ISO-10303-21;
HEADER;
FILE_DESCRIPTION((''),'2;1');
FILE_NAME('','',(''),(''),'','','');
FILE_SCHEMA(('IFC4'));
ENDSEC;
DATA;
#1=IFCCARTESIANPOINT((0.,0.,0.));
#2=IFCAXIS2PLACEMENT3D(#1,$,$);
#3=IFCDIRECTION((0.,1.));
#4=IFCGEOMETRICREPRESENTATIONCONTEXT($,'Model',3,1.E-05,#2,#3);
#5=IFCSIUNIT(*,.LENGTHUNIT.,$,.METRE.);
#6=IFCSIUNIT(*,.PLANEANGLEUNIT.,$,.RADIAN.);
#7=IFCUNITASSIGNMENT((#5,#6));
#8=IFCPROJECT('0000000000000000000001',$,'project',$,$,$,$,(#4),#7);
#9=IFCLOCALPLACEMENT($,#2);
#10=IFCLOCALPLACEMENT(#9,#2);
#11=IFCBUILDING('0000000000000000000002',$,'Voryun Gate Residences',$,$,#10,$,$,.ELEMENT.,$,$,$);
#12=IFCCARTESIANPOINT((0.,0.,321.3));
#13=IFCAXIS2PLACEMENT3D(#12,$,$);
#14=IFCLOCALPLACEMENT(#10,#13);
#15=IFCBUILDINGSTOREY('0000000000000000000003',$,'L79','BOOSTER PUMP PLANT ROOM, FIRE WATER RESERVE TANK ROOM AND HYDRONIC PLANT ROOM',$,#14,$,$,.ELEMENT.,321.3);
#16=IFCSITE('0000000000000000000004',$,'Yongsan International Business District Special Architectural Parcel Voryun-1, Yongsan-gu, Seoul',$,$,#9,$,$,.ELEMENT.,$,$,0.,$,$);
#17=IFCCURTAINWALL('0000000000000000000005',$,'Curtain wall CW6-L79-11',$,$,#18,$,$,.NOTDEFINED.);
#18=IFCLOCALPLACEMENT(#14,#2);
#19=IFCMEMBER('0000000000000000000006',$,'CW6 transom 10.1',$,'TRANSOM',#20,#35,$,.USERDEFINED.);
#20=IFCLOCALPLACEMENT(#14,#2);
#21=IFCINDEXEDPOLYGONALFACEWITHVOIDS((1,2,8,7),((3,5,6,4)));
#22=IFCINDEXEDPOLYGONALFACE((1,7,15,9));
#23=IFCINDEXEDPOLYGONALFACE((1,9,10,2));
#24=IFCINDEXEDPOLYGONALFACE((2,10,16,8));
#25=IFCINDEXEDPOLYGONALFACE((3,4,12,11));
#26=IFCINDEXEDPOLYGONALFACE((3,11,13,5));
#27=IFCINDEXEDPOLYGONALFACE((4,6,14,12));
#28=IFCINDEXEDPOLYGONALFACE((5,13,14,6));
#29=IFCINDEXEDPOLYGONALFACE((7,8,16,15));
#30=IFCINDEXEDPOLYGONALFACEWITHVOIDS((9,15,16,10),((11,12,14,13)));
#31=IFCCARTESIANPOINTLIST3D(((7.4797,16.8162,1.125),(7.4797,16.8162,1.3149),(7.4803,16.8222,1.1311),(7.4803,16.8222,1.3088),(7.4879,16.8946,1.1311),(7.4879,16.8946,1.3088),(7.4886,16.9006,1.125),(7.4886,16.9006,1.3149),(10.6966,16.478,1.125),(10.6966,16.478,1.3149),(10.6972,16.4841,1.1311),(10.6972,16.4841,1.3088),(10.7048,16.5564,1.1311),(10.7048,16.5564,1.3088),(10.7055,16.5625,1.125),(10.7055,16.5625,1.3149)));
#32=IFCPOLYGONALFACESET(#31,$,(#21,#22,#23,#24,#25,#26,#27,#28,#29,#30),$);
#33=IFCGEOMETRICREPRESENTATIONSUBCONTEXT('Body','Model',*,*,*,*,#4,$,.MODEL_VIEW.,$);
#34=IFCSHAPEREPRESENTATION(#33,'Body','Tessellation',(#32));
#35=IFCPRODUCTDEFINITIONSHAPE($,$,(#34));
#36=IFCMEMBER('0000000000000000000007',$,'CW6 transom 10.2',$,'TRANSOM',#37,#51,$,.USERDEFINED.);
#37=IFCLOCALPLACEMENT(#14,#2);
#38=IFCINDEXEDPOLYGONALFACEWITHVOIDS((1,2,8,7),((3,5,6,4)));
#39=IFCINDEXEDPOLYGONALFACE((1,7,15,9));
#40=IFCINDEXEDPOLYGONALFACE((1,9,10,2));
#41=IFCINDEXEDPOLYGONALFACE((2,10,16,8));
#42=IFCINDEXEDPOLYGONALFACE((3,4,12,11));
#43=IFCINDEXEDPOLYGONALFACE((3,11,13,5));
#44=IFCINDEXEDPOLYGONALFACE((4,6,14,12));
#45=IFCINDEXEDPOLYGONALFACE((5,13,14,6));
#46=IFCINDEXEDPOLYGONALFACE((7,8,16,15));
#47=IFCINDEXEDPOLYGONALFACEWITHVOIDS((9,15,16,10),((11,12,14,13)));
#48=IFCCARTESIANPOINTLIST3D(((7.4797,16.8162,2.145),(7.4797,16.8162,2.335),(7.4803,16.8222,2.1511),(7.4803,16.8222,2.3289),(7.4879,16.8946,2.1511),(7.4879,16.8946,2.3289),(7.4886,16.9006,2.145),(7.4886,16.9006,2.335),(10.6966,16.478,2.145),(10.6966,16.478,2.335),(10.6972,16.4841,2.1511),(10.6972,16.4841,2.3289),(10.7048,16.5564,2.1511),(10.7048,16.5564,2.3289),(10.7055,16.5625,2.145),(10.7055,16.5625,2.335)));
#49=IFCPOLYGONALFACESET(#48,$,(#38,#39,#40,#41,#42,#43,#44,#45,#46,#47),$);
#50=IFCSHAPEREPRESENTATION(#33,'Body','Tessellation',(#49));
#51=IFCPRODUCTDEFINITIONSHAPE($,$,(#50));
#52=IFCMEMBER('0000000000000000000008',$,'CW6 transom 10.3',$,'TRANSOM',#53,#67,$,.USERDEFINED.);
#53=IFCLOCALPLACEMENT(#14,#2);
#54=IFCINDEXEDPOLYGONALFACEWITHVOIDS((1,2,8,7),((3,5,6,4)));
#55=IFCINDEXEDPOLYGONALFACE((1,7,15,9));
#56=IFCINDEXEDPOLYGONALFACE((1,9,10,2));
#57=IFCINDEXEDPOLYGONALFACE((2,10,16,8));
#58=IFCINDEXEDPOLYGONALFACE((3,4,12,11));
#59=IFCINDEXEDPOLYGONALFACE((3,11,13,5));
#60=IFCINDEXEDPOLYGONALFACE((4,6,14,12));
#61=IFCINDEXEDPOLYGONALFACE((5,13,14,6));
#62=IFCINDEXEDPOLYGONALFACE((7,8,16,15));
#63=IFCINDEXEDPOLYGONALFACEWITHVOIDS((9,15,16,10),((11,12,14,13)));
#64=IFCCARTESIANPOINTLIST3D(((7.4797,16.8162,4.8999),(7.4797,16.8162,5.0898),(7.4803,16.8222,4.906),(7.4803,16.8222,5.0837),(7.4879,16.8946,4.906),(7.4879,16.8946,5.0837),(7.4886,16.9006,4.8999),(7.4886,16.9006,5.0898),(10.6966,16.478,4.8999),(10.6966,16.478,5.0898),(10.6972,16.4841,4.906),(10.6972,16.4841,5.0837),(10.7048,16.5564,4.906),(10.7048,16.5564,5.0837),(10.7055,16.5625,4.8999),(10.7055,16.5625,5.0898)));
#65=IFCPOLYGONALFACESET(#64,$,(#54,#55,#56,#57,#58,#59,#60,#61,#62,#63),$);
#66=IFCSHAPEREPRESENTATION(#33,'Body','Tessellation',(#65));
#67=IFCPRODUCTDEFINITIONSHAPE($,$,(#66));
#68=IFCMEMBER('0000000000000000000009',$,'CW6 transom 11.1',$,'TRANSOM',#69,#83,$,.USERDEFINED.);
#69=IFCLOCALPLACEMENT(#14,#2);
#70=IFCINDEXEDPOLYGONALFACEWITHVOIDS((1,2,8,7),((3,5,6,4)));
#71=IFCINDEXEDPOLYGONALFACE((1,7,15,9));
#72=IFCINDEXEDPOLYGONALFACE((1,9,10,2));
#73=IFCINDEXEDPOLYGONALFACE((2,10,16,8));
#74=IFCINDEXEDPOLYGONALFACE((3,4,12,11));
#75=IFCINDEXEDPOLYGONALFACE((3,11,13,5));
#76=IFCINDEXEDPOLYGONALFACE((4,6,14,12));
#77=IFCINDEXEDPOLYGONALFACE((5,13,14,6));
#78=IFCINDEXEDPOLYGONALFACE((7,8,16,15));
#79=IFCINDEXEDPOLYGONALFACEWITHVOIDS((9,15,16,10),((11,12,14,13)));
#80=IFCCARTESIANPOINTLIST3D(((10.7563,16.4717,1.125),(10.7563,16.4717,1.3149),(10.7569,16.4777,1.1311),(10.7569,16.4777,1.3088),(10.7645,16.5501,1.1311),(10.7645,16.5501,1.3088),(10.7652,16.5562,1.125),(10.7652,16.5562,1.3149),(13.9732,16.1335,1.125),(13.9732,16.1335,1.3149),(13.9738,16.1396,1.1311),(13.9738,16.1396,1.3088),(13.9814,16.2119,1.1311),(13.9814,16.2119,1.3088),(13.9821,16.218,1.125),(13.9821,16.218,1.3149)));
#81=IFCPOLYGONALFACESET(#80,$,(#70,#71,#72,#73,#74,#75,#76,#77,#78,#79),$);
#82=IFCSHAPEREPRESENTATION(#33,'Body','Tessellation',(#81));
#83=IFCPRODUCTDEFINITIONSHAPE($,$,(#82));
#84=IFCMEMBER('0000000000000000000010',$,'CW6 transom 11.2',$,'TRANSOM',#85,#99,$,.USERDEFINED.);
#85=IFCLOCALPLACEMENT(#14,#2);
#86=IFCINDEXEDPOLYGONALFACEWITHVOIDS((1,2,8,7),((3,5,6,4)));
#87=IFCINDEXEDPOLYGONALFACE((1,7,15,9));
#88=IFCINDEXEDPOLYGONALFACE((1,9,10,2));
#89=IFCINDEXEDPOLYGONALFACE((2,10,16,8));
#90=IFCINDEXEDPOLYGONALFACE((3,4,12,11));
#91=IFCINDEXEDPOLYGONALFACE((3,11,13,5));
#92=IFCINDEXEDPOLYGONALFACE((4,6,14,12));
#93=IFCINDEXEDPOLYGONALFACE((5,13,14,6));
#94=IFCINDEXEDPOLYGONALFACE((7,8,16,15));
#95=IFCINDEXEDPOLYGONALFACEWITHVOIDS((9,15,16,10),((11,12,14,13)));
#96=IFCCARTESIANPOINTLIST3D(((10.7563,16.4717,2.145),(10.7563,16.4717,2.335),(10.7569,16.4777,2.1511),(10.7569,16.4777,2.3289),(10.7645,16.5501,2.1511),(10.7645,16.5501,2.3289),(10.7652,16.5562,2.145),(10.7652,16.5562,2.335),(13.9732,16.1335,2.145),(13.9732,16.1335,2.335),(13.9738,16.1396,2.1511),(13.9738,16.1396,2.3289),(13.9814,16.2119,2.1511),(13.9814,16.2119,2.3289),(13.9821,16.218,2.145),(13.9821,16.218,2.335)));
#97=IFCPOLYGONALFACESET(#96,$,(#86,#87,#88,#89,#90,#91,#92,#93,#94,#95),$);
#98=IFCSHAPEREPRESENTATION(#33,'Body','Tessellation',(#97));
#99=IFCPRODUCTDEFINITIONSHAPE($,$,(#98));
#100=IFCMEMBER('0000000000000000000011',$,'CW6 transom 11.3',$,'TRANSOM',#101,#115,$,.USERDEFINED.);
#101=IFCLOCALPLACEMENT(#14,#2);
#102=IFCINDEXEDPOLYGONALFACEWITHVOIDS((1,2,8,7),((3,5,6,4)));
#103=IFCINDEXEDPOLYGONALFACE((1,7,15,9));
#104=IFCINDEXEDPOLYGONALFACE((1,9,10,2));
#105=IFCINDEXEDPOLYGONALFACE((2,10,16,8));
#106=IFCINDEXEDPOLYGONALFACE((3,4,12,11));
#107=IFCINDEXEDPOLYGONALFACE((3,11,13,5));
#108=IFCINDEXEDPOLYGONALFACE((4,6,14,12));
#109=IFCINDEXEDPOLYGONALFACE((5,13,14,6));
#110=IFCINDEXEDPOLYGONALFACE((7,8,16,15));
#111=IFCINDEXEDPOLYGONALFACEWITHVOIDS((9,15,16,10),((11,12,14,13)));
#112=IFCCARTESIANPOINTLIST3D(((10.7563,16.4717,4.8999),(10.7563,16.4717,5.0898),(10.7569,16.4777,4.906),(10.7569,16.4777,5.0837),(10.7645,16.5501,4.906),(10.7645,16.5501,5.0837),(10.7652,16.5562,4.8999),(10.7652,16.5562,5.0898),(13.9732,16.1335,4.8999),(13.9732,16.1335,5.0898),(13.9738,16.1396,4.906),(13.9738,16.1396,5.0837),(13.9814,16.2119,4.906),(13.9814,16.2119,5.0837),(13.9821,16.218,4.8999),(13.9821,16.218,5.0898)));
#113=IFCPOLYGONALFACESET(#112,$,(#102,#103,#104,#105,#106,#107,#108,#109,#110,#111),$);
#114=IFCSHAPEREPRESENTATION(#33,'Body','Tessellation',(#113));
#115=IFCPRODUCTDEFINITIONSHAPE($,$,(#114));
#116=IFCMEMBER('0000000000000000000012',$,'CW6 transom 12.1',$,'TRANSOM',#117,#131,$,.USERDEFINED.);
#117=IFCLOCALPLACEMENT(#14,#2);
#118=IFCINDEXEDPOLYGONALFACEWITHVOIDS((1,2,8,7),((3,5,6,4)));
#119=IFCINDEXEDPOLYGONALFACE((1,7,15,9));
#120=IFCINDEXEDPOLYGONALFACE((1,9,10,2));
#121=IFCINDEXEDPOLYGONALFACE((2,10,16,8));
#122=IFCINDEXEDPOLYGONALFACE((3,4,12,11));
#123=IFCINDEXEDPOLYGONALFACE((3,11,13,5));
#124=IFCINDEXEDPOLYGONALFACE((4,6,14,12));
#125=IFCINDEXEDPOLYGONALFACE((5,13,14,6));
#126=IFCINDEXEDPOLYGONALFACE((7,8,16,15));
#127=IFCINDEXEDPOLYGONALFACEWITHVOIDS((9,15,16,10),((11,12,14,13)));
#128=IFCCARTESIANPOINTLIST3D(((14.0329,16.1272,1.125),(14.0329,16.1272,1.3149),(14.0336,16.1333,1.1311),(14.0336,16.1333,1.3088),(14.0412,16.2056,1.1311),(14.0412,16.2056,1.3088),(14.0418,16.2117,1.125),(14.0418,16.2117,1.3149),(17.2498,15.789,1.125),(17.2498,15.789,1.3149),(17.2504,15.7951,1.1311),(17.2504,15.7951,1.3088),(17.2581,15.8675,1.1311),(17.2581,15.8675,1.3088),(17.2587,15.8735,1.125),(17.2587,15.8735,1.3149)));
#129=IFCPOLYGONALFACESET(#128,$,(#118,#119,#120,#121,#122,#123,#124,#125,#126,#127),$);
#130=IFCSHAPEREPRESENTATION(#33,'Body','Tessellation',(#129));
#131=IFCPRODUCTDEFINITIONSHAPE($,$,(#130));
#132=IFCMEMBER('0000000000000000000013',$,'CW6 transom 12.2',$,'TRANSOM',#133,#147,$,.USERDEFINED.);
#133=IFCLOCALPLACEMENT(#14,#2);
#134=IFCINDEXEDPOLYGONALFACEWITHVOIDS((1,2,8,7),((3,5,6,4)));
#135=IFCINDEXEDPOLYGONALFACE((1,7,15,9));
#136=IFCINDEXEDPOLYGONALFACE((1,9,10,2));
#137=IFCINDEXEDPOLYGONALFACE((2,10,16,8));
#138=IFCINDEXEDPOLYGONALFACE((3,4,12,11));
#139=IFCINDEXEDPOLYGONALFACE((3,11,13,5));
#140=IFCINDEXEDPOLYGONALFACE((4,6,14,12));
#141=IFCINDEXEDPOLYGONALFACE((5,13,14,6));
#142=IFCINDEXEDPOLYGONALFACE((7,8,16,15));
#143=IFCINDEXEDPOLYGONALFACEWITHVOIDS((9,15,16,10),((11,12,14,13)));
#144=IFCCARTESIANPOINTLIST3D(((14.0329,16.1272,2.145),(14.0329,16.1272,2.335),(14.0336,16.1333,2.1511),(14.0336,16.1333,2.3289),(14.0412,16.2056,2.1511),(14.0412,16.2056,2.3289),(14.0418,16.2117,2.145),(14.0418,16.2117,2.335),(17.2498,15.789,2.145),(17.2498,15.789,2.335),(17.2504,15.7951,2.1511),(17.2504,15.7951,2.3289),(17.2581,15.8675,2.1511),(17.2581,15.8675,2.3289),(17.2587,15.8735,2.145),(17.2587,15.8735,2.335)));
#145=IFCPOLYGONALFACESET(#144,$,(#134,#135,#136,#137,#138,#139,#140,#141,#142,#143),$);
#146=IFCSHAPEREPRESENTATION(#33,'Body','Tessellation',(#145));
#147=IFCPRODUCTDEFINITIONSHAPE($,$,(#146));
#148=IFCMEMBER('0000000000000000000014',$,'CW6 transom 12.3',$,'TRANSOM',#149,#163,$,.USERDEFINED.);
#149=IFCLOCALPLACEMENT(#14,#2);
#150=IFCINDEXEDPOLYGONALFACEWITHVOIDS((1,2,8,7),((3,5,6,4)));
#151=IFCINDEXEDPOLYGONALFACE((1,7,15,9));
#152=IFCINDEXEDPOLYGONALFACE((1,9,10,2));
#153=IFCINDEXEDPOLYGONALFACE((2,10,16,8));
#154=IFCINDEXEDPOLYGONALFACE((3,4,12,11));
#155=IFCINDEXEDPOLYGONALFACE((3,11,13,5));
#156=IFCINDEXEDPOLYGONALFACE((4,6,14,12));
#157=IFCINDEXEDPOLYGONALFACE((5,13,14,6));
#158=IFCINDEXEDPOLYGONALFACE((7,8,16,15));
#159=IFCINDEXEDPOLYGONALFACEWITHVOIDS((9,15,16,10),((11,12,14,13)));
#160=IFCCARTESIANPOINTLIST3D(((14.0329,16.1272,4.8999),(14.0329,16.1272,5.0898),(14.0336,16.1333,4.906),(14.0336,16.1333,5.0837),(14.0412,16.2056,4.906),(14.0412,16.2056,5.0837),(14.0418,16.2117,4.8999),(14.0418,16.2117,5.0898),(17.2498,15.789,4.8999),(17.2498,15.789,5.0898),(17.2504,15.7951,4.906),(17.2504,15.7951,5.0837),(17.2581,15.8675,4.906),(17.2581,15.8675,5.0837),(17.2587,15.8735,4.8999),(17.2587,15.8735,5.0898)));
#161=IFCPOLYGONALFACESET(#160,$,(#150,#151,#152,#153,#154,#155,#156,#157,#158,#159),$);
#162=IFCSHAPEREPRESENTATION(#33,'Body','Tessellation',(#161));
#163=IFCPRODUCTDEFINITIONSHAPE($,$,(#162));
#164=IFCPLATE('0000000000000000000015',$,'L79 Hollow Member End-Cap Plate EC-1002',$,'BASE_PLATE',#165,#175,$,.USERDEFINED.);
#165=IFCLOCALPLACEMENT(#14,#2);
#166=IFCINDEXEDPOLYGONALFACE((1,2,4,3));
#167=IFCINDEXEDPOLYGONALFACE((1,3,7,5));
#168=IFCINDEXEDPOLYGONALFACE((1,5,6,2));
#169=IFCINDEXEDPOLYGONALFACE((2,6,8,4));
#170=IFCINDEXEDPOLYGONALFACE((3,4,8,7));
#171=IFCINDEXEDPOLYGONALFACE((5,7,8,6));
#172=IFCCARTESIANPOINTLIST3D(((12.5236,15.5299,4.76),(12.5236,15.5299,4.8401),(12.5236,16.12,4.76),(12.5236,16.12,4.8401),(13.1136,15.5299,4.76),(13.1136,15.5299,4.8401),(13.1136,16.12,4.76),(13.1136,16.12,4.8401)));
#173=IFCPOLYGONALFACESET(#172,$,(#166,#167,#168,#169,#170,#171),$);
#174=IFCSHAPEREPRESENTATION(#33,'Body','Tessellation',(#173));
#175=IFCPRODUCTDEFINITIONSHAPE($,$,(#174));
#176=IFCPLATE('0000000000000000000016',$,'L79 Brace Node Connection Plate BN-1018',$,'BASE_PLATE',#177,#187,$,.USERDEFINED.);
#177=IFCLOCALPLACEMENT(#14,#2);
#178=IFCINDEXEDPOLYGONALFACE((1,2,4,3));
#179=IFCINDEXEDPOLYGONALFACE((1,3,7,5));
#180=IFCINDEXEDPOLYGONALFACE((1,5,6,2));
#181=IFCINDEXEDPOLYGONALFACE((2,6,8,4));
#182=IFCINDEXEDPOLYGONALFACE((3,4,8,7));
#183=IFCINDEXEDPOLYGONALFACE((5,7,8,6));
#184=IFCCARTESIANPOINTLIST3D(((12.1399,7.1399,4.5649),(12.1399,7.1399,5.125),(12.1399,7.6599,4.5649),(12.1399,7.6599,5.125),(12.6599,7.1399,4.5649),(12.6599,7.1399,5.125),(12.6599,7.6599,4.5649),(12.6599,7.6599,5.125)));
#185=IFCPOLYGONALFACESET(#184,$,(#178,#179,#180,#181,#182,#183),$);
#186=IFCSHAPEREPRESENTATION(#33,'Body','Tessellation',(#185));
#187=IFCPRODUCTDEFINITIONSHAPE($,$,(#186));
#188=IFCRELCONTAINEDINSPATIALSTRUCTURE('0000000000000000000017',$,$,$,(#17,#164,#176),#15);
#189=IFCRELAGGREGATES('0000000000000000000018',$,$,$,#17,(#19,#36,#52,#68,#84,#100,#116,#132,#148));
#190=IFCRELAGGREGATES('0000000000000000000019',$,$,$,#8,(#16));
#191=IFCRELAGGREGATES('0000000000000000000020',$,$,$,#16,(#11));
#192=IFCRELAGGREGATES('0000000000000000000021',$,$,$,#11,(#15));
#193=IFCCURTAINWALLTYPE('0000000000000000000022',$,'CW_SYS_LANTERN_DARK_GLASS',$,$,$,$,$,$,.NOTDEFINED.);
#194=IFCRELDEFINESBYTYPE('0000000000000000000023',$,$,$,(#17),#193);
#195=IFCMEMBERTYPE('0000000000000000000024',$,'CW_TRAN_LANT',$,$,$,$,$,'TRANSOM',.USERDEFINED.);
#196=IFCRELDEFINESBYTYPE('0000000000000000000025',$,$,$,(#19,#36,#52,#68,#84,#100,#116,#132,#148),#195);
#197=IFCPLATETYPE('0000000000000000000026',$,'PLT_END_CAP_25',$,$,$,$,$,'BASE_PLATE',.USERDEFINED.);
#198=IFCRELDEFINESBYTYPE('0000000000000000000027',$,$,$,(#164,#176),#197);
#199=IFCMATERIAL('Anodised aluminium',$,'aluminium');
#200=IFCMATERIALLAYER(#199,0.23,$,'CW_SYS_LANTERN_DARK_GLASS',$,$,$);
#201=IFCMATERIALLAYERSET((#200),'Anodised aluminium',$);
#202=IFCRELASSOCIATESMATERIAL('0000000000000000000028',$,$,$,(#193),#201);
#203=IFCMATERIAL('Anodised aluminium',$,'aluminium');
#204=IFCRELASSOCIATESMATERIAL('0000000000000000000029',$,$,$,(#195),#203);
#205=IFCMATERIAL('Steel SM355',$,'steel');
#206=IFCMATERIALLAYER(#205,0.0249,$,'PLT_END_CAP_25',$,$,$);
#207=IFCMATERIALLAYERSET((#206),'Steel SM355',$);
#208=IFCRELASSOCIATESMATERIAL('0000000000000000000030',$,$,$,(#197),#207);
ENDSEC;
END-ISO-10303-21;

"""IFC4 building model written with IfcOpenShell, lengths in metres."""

from ifc_helpers import new_model, si_unit, direction, frame, origin, origin_2d, place, context, subcontext, project, spatial, rectangle, hollow_rectangle, extrude, material, layer, layer_set, material_profile, profile_set, type_object, element, aggregate, save


model = new_model("IFC4")

# Units and contexts
model_context = context("Model", 3, precision=1e-05, world=origin(), true_north=direction((0.0, 1.0)))
body_context = subcontext(model_context, "Body", "Model", "MODEL_VIEW")
ifc_project = project(units=[si_unit("LENGTHUNIT", "METRE"), si_unit("PLANEANGLEUNIT", "RADIAN")], contexts=[model_context])

# Site, building, storey
site_placement = place(None, origin())
site = spatial("IfcSite", under=ifc_project, at=site_placement, Name="Yongsan International Business District Special Architectural Parcel Voryun-1, Yongsan-gu, Seoul", CompositionType="ELEMENT", RefElevation=0.0)
building_placement = place(site_placement, origin())
building = spatial("IfcBuilding", under=site, at=building_placement, Name="Voryun Gate Residences", CompositionType="ELEMENT")
storey_placement = place(building_placement, frame((0.0, 0.0, 321.3)))
storey = spatial("IfcBuildingStorey", under=building, at=storey_placement, Name="L79", Description="BOOSTER PUMP PLANT ROOM, FIRE WATER RESERVE TANK ROOM AND HYDRONIC PLANT ROOM", CompositionType="ELEMENT", Elevation=321.3)

# Curtain wall, members
ifc_material_1 = material(Name="Anodised aluminium", Category="aluminium")
ifc_layer_1 = layer(ifc_material_1, 0.23, Name="CW_SYS_LANTERN_DARK_GLASS")
ifc_layer_set_1 = layer_set([ifc_layer_1], Name="Anodised aluminium")
curtain_wall_type = type_object("IfcCurtainWallType", Name="CW_SYS_LANTERN_DARK_GLASS", PredefinedType="NOTDEFINED", material=ifc_layer_set_1)
curtain_wall_placement = place(storey_placement, origin())
curtain_wall = element("IfcCurtainWall", 1, at=curtain_wall_placement, inside=storey, type_object=curtain_wall_type, Name="Curtain wall CW6-L79-11", PredefinedType="NOTDEFINED")
ifc_material_2 = material(Name="Anodised aluminium", Category="aluminium")
ifc_material_profile_1 = material_profile(ifc_material_2, hollow_rectangle(XDim=0.085, YDim=0.1899, WallThickness=0.0061, at=origin_2d()), Name="ALU-TRAN-190x85x6")
ifc_profile_set_1 = profile_set([ifc_material_profile_1], Name="Anodised aluminium")
member_type_1 = type_object("IfcMemberType", Name="CW_TRAN_LANT", ElementType="TRANSOM", PredefinedType="USERDEFINED", material=ifc_profile_set_1)
member_1_placement = place(storey_placement, frame((7.4841, 16.8584, 1.22), z_axis=(0.994521, -0.104539, 0.0), x_axis=(0.104539, 0.994521, 0.0)))
member_1 = element("IfcMember", 2, at=member_1_placement, type_object=member_type_1, Name="CW6 transom 10.1", ObjectType="TRANSOM", PredefinedType="USERDEFINED", context=body_context, shape_type="SweptSolid", body=[
    extrude(hollow_rectangle(XDim=0.085, YDim=0.1899, WallThickness=0.0061, at=origin_2d()), origin(), (0.0, 0.0, 1.0), 3.2346),
])
member_2_placement = place(storey_placement, frame((7.4841, 16.8584, 2.24), z_axis=(0.994521, -0.104539, 0.0), x_axis=(0.104539, 0.994521, 0.0)))
member_2 = element("IfcMember", 3, at=member_2_placement, type_object=member_type_1, Name="CW6 transom 10.2", ObjectType="TRANSOM", PredefinedType="USERDEFINED", context=body_context, shape_type="SweptSolid", body=[
    extrude(hollow_rectangle(XDim=0.085, YDim=0.1899, WallThickness=0.0061, at=origin_2d()), origin(), (0.0, 0.0, 1.0), 3.2346),
])
member_3_placement = place(storey_placement, frame((7.4841, 16.8584, 4.9949), z_axis=(0.994521, -0.104539, 0.0), x_axis=(0.104539, 0.994521, 0.0)))
member_3 = element("IfcMember", 4, at=member_3_placement, type_object=member_type_1, Name="CW6 transom 10.3", ObjectType="TRANSOM", PredefinedType="USERDEFINED", context=body_context, shape_type="SweptSolid", body=[
    extrude(hollow_rectangle(XDim=0.085, YDim=0.1899, WallThickness=0.0061, at=origin_2d()), origin(), (0.0, 0.0, 1.0), 3.2346),
])
member_4_placement = place(storey_placement, frame((10.7607, 16.5139, 1.22), z_axis=(0.994521, -0.104539, 0.0), x_axis=(0.104539, 0.994521, 0.0)))
member_4 = element("IfcMember", 5, at=member_4_placement, type_object=member_type_1, Name="CW6 transom 11.1", ObjectType="TRANSOM", PredefinedType="USERDEFINED", context=body_context, shape_type="SweptSolid", body=[
    extrude(hollow_rectangle(XDim=0.085, YDim=0.1899, WallThickness=0.0061, at=origin_2d()), origin(), (0.0, 0.0, 1.0), 3.2346),
])
member_5_placement = place(storey_placement, frame((10.7607, 16.5139, 2.24), z_axis=(0.994521, -0.104539, 0.0), x_axis=(0.104539, 0.994521, 0.0)))
member_5 = element("IfcMember", 6, at=member_5_placement, type_object=member_type_1, Name="CW6 transom 11.2", ObjectType="TRANSOM", PredefinedType="USERDEFINED", context=body_context, shape_type="SweptSolid", body=[
    extrude(hollow_rectangle(XDim=0.085, YDim=0.1899, WallThickness=0.0061, at=origin_2d()), origin(), (0.0, 0.0, 1.0), 3.2346),
])
member_6_placement = place(storey_placement, frame((10.7607, 16.5139, 4.9949), z_axis=(0.994521, -0.104539, 0.0), x_axis=(0.104539, 0.994521, 0.0)))
member_6 = element("IfcMember", 7, at=member_6_placement, type_object=member_type_1, Name="CW6 transom 11.3", ObjectType="TRANSOM", PredefinedType="USERDEFINED", context=body_context, shape_type="SweptSolid", body=[
    extrude(hollow_rectangle(XDim=0.085, YDim=0.1899, WallThickness=0.0061, at=origin_2d()), origin(), (0.0, 0.0, 1.0), 3.2346),
])
member_7_placement = place(storey_placement, frame((14.0374, 16.1694, 1.22), z_axis=(0.994521, -0.104539, 0.0), x_axis=(0.104539, 0.994521, 0.0)))
member_7 = element("IfcMember", 8, at=member_7_placement, type_object=member_type_1, Name="CW6 transom 12.1", ObjectType="TRANSOM", PredefinedType="USERDEFINED", context=body_context, shape_type="SweptSolid", body=[
    extrude(hollow_rectangle(XDim=0.085, YDim=0.1899, WallThickness=0.0061, at=origin_2d()), origin(), (0.0, 0.0, 1.0), 3.2346),
])
member_8_placement = place(storey_placement, frame((14.0374, 16.1694, 2.24), z_axis=(0.994521, -0.104539, 0.0), x_axis=(0.104539, 0.994521, 0.0)))
member_8 = element("IfcMember", 9, at=member_8_placement, type_object=member_type_1, Name="CW6 transom 12.2", ObjectType="TRANSOM", PredefinedType="USERDEFINED", context=body_context, shape_type="SweptSolid", body=[
    extrude(hollow_rectangle(XDim=0.085, YDim=0.1899, WallThickness=0.0061, at=origin_2d()), origin(), (0.0, 0.0, 1.0), 3.2346),
])
member_9_placement = place(storey_placement, frame((14.0374, 16.1694, 4.9949), z_axis=(0.994521, -0.104539, 0.0), x_axis=(0.104539, 0.994521, 0.0)))
member_9 = element("IfcMember", 10, at=member_9_placement, type_object=member_type_1, Name="CW6 transom 12.3", ObjectType="TRANSOM", PredefinedType="USERDEFINED", context=body_context, shape_type="SweptSolid", body=[
    extrude(hollow_rectangle(XDim=0.085, YDim=0.1899, WallThickness=0.0061, at=origin_2d()), origin(), (0.0, 0.0, 1.0), 3.2346),
])

# Plates
ifc_material_3 = material(Name="Steel SM355", Category="steel")
ifc_layer_2 = layer(ifc_material_3, 0.0249, Name="PLT_END_CAP_25")
ifc_layer_set_2 = layer_set([ifc_layer_2], Name="Steel SM355")
plate_type_1 = type_object("IfcPlateType", Name="PLT_END_CAP_25", ElementType="BASE_PLATE", PredefinedType="USERDEFINED", material=ifc_layer_set_2)
plate_1_placement = place(storey_placement, frame((12.8186, 15.825, 4.76), z_axis=(0.0, 0.0, 1.0), x_axis=(1.0, 0.0, 0.0)))
element("IfcPlate", 11, at=plate_1_placement, inside=storey, type_object=plate_type_1, Name="L79 Hollow Member End-Cap Plate EC-1002", ObjectType="BASE_PLATE", PredefinedType="USERDEFINED", context=body_context, shape_type="SweptSolid", body=[
    extrude(rectangle(XDim=0.5901, YDim=0.5901, at=origin_2d()), origin(), (0.0, 0.0, 1.0), 0.0801),
])
plate_2_placement = place(storey_placement, frame((12.3999, 7.3999, 4.5649), z_axis=(0.0, 0.0, 1.0), x_axis=(1.0, 0.0, 0.0)))
element("IfcPlate", 12, at=plate_2_placement, inside=storey, type_object=plate_type_1, Name="L79 Brace Node Connection Plate BN-1018", ObjectType="BASE_PLATE", PredefinedType="USERDEFINED", context=body_context, shape_type="SweptSolid", body=[
    extrude(rectangle(XDim=0.52, YDim=0.52, at=origin_2d()), origin(), (0.0, 0.0, 1.0), 0.5601),
])

aggregate(curtain_wall, [member_1, member_2, member_3, member_4, member_5, member_6, member_7, member_8, member_9])

save(model, "model.ifc")
